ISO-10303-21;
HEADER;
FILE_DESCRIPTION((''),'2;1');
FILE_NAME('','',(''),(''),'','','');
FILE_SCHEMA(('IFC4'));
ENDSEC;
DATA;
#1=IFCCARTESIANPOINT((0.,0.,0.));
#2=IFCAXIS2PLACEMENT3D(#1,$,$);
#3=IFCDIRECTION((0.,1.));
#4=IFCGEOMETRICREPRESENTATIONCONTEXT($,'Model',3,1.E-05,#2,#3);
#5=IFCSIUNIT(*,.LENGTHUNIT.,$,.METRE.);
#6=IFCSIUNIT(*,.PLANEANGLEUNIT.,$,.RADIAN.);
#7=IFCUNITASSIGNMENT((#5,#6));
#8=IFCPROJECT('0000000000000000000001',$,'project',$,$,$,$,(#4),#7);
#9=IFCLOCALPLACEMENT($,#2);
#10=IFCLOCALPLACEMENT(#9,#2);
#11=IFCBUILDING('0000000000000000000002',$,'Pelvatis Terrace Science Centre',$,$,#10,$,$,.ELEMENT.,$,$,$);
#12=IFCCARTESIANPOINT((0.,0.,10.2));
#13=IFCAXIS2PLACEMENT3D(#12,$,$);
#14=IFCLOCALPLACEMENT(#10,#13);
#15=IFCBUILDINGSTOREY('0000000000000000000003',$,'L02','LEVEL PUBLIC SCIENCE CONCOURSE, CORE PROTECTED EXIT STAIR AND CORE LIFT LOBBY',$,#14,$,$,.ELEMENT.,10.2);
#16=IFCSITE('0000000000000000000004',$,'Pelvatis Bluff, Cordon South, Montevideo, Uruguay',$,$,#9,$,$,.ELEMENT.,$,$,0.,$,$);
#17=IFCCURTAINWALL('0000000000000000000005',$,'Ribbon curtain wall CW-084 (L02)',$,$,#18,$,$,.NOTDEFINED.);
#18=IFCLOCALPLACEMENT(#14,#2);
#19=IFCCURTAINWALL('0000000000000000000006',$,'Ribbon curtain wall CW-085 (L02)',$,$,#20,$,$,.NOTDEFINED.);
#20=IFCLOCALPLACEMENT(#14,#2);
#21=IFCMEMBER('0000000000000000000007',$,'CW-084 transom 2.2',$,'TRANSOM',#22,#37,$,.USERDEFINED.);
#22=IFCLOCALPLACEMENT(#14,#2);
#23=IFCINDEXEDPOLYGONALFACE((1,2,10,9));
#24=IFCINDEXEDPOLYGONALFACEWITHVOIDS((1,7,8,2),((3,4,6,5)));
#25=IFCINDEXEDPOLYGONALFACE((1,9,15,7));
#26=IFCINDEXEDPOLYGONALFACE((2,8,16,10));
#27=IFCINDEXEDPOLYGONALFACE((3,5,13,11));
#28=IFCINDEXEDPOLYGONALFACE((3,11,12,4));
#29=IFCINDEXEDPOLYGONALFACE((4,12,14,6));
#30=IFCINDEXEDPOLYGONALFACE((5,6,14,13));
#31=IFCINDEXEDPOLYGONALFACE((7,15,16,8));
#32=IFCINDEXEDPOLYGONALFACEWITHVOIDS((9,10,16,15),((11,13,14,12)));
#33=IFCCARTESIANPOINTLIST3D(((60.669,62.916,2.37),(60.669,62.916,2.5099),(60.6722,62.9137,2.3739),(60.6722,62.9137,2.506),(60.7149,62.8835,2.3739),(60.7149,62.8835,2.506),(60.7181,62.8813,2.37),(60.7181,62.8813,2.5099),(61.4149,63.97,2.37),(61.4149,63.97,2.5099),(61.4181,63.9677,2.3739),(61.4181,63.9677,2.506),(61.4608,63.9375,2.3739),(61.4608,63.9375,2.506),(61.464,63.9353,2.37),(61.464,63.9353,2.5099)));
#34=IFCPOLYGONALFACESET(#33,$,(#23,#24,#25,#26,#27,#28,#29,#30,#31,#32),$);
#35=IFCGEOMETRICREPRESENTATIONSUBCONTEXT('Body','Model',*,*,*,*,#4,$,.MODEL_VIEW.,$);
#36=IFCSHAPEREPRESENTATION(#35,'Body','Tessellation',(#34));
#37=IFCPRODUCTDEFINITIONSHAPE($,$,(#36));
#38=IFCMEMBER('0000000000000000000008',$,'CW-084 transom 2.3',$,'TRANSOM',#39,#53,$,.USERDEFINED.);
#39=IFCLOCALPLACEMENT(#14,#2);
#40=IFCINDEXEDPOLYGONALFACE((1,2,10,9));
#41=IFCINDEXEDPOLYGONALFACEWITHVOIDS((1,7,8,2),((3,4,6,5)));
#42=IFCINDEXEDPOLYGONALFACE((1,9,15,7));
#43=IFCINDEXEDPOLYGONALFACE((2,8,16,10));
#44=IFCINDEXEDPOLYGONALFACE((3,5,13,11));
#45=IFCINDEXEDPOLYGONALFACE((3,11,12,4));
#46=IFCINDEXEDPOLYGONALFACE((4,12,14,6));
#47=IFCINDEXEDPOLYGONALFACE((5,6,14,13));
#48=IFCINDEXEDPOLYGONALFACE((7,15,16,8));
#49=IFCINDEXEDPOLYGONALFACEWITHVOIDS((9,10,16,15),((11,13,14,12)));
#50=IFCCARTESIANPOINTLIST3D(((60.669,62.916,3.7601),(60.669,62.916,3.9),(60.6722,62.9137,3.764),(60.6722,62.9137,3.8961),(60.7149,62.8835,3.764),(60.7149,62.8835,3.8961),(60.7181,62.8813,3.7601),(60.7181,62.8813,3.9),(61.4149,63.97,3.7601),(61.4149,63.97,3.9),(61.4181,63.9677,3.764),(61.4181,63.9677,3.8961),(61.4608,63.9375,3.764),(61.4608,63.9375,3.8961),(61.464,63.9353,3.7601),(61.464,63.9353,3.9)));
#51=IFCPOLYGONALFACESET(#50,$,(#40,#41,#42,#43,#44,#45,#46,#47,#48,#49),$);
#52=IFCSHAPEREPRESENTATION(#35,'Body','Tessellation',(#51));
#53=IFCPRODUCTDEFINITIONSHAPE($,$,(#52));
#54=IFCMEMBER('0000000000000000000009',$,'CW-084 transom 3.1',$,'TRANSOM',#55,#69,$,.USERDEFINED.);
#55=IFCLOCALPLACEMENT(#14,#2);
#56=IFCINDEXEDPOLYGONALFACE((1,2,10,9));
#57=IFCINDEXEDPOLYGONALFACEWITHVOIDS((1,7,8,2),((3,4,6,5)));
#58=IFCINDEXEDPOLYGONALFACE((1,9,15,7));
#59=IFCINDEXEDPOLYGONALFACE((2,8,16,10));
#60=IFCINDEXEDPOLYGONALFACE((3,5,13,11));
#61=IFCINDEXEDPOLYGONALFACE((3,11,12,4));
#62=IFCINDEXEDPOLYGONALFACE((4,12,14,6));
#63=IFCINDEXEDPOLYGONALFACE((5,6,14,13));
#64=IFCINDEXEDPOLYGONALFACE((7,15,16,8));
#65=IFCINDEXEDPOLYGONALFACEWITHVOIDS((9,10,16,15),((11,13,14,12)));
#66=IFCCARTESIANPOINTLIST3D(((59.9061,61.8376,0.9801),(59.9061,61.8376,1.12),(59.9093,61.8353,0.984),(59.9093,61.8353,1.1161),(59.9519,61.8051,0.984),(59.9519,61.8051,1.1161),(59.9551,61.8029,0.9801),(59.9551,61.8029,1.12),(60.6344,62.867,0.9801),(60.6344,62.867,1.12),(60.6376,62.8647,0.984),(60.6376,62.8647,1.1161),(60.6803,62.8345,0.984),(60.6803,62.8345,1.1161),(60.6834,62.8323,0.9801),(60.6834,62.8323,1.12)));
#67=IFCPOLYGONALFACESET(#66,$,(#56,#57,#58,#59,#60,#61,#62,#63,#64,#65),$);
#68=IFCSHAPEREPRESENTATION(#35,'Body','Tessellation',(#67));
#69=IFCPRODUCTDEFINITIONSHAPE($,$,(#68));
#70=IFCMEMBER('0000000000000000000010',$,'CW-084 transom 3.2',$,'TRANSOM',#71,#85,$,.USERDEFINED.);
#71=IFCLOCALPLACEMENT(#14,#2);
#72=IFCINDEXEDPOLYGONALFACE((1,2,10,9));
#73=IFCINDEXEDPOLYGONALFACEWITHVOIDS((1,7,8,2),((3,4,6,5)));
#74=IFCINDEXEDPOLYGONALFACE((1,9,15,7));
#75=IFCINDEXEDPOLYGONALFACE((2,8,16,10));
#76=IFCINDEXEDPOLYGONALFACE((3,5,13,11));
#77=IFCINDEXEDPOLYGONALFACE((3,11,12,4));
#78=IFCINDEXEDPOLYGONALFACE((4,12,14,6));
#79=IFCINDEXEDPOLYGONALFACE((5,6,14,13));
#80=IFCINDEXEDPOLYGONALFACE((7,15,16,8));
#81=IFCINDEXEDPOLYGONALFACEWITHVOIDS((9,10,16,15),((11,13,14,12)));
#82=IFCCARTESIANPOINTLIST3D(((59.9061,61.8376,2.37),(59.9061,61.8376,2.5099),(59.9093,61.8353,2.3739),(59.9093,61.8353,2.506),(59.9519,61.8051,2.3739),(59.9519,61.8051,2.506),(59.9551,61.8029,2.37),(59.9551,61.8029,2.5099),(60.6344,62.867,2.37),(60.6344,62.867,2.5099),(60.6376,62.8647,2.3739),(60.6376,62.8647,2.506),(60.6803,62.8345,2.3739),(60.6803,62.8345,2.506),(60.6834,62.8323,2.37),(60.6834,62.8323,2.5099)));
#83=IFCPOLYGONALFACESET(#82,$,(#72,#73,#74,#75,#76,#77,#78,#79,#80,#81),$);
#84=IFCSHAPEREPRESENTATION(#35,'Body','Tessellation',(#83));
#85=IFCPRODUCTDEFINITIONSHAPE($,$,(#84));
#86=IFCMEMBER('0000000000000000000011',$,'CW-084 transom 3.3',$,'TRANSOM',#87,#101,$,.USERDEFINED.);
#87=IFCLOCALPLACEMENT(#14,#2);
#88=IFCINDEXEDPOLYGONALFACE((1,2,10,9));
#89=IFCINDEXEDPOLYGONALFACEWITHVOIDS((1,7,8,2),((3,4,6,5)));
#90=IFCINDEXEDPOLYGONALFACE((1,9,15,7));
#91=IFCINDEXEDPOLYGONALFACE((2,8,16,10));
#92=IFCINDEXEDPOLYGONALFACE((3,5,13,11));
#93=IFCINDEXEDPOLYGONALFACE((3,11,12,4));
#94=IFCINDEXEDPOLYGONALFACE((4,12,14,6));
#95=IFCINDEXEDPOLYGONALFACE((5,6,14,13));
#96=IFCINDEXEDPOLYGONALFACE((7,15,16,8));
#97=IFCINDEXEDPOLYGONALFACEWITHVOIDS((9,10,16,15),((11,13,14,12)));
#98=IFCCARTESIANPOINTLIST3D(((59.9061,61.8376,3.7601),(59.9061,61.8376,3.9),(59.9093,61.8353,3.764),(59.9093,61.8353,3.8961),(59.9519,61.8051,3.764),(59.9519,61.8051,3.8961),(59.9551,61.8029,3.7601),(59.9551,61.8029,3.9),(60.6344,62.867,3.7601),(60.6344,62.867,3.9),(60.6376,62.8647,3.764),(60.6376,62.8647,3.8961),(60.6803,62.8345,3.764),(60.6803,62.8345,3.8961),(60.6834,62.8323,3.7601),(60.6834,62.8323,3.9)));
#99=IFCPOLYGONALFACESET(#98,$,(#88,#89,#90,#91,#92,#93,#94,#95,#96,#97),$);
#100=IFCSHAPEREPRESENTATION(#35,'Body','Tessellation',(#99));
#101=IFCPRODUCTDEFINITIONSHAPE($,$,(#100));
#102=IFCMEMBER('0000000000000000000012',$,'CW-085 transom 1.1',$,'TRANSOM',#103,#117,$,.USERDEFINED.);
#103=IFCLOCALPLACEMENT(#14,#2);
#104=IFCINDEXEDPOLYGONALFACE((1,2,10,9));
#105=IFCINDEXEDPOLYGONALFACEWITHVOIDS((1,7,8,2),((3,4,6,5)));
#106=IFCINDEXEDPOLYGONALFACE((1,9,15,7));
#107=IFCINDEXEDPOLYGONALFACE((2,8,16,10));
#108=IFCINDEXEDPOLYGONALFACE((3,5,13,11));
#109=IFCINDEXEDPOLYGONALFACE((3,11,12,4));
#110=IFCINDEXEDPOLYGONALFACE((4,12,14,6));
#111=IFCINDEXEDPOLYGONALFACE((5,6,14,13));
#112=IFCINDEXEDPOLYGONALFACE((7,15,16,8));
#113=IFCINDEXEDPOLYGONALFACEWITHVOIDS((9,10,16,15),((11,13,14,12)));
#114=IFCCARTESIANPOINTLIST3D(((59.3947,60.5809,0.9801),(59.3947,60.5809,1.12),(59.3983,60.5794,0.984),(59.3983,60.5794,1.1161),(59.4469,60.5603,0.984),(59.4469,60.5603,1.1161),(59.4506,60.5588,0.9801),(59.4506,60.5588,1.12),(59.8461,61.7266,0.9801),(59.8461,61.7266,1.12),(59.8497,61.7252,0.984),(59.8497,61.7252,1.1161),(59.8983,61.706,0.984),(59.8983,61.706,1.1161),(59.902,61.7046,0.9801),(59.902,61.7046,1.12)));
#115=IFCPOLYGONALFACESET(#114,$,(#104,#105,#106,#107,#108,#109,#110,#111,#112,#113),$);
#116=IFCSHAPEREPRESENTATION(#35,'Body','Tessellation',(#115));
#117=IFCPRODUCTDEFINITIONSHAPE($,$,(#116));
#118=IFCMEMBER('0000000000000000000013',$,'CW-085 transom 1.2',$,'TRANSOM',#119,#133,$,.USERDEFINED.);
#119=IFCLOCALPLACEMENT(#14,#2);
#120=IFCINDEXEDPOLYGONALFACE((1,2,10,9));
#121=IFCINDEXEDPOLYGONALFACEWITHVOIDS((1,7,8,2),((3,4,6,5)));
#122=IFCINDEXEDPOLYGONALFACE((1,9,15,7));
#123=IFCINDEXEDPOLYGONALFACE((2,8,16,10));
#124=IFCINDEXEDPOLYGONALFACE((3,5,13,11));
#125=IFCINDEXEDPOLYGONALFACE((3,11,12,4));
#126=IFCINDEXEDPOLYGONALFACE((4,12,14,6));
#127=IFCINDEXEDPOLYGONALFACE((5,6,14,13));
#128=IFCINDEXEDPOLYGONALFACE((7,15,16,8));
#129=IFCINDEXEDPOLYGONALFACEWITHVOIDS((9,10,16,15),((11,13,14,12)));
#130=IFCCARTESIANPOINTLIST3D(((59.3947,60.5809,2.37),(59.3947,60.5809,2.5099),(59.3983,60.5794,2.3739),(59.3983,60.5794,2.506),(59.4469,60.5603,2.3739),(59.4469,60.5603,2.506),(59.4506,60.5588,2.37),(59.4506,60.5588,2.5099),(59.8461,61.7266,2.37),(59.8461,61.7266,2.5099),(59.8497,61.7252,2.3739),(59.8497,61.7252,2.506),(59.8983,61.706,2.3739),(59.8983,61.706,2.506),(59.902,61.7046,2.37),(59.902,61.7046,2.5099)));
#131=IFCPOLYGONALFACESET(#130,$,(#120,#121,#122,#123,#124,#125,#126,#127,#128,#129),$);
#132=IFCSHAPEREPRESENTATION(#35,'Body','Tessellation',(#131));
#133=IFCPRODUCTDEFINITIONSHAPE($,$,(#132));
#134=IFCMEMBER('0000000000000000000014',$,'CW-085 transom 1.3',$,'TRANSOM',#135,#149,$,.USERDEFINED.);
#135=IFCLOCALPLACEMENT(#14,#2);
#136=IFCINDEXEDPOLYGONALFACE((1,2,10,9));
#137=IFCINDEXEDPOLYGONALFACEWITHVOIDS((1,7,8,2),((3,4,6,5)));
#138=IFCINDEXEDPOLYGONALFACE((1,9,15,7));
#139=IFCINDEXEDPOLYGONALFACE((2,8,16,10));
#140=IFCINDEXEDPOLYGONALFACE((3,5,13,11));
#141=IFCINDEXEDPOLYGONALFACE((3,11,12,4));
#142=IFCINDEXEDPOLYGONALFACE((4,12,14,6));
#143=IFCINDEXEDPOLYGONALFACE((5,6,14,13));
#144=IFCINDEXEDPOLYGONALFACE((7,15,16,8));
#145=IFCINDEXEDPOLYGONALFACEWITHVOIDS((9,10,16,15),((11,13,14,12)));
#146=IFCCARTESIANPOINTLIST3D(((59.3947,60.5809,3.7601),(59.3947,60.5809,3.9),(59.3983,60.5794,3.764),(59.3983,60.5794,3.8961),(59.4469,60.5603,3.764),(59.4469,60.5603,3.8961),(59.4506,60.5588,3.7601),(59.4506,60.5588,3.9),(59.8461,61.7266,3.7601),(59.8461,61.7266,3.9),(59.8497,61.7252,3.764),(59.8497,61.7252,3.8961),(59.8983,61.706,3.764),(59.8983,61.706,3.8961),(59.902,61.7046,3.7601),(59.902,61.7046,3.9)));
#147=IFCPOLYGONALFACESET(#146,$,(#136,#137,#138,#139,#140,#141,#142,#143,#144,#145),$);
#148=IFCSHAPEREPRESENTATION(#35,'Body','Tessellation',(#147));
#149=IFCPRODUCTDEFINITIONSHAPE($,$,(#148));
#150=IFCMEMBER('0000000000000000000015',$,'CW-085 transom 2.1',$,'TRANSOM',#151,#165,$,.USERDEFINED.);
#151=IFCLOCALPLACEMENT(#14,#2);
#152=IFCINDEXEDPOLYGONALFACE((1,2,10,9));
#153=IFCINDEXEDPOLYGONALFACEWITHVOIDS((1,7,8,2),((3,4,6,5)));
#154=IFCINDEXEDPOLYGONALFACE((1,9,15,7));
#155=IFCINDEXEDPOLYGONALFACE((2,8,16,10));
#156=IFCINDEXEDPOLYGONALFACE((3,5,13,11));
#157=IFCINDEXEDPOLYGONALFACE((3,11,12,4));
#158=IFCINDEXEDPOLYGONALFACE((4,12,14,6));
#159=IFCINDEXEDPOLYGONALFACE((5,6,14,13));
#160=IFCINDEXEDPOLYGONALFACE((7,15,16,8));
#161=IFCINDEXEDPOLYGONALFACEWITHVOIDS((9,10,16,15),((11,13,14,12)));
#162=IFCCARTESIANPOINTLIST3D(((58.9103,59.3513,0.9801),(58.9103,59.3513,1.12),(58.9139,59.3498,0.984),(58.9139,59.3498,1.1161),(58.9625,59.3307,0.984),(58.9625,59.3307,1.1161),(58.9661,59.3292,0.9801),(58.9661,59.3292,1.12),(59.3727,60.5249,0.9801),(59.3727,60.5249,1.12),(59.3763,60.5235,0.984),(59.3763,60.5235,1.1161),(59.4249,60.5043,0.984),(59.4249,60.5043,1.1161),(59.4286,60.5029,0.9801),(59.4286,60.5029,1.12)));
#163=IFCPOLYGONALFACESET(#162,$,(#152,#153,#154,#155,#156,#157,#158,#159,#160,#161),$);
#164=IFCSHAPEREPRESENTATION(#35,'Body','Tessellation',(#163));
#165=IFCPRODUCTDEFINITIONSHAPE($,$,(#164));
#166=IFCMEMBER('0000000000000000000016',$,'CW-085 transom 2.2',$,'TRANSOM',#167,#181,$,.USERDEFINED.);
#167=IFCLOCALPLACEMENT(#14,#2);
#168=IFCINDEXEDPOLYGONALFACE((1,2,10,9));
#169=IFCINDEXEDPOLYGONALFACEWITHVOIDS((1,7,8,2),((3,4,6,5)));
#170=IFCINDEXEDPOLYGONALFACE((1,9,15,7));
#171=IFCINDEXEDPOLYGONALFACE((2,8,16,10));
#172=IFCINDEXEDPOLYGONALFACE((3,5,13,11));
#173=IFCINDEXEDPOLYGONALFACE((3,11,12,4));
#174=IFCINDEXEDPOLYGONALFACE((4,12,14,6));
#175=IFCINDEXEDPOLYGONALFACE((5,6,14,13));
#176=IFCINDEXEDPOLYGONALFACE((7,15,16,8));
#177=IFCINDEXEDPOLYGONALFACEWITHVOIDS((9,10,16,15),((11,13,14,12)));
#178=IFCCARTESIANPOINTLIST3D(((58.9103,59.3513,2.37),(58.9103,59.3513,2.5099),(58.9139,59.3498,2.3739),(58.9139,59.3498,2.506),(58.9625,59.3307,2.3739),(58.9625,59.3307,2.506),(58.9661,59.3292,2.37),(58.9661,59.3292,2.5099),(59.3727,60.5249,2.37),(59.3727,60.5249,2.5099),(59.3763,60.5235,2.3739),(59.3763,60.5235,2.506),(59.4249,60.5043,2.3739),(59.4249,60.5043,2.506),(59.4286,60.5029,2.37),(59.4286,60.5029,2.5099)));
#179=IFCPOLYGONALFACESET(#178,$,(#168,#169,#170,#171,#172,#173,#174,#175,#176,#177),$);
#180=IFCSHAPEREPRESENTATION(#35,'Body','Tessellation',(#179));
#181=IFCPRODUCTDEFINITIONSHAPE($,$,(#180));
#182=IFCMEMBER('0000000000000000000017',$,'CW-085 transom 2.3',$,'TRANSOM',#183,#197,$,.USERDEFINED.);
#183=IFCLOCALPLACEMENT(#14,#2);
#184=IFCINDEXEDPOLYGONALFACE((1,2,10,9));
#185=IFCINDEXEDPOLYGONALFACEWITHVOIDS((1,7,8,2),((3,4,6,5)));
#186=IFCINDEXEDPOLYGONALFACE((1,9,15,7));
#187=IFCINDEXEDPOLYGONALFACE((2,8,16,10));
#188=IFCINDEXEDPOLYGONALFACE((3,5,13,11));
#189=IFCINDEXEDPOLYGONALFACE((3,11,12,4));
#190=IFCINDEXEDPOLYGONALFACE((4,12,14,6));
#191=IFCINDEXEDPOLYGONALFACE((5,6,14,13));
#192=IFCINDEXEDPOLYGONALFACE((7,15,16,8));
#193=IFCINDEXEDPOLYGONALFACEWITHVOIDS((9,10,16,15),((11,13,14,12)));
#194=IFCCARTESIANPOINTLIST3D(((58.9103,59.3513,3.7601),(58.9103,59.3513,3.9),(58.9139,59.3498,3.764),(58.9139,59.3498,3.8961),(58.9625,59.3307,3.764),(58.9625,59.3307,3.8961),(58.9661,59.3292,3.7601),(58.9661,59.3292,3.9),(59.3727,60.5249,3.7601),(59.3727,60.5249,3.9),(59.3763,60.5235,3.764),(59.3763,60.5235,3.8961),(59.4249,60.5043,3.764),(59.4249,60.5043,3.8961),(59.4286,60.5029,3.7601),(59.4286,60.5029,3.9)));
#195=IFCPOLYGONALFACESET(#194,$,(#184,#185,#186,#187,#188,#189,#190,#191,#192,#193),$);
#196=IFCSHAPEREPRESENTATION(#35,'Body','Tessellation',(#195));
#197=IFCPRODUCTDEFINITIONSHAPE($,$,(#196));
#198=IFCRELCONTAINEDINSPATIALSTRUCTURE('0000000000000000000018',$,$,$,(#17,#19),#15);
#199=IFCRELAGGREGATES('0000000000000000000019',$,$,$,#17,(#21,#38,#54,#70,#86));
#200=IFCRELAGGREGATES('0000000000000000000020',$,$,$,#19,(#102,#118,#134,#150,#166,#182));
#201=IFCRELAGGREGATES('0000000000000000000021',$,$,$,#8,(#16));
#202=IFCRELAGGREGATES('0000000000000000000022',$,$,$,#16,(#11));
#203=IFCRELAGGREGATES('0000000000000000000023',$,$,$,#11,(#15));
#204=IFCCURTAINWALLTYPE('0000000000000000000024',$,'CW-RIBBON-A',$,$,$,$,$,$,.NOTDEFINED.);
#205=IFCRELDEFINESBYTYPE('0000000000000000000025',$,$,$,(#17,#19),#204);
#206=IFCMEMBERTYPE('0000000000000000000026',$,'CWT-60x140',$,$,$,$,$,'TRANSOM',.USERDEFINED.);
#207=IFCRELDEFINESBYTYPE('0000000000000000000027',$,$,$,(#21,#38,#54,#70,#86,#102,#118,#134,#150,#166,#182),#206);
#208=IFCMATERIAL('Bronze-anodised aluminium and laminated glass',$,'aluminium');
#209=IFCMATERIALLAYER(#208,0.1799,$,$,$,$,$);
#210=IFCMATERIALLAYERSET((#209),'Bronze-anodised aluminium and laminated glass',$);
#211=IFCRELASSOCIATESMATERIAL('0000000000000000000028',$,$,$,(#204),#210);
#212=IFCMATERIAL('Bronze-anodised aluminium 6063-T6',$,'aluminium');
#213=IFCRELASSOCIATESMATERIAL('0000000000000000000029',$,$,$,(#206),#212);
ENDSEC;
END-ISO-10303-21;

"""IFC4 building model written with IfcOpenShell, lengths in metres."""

from ifc_helpers import new_model, si_unit, direction, frame, origin, origin_2d, place, context, subcontext, project, spatial, hollow_rectangle, extrude, material, layer, layer_set, material_profile, profile_set, type_object, element, aggregate, save


model = new_model("IFC4")

# Units and contexts
model_context = context("Model", 3, precision=1e-05, world=origin(), true_north=direction((0.0, 1.0)))
body_context = subcontext(model_context, "Body", "Model", "MODEL_VIEW")
ifc_project = project(units=[si_unit("LENGTHUNIT", "METRE"), si_unit("PLANEANGLEUNIT", "RADIAN")], contexts=[model_context])

# Site, building, storey
site_placement = place(None, origin())
site = spatial("IfcSite", under=ifc_project, at=site_placement, Name="Pelvatis Bluff, Cordon South, Montevideo, Uruguay", CompositionType="ELEMENT", RefElevation=0.0)
building_placement = place(site_placement, origin())
building = spatial("IfcBuilding", under=site, at=building_placement, Name="Pelvatis Terrace Science Centre", CompositionType="ELEMENT")
storey_placement = place(building_placement, frame((0.0, 0.0, 10.2)))
storey = spatial("IfcBuildingStorey", under=building, at=storey_placement, Name="L02", Description="LEVEL PUBLIC SCIENCE CONCOURSE, CORE PROTECTED EXIT STAIR AND CORE LIFT LOBBY", CompositionType="ELEMENT", Elevation=10.2)

# Curtain walls
ifc_material_1 = material(Name="Bronze-anodised aluminium and laminated glass", Category="aluminium")
ifc_layer_1 = layer(ifc_material_1, 0.1799)
ifc_layer_set_1 = layer_set([ifc_layer_1], Name="Bronze-anodised aluminium and laminated glass")
curtain_wall_type = type_object("IfcCurtainWallType", Name="CW-RIBBON-A", PredefinedType="NOTDEFINED", material=ifc_layer_set_1)
curtain_wall_1_placement = place(storey_placement, origin())
curtain_wall_1 = element("IfcCurtainWall", 1, at=curtain_wall_1_placement, inside=storey, type_object=curtain_wall_type, Name="Ribbon curtain wall CW-084 (L02)", PredefinedType="NOTDEFINED")
curtain_wall_2_placement = place(storey_placement, origin())
curtain_wall_2 = element("IfcCurtainWall", 2, at=curtain_wall_2_placement, inside=storey, type_object=curtain_wall_type, Name="Ribbon curtain wall CW-085 (L02)", PredefinedType="NOTDEFINED")

# Members
ifc_material_2 = material(Name="Bronze-anodised aluminium 6063-T6", Category="aluminium")
ifc_material_profile_1 = material_profile(ifc_material_2, hollow_rectangle(XDim=0.0601, YDim=0.1399, WallThickness=0.0039, at=origin_2d()), Name="ALU-TRN 60x140")
ifc_profile_set_1 = profile_set([ifc_material_profile_1], Name="Bronze-anodised aluminium 6063-T6")
member_type_1 = type_object("IfcMemberType", Name="CWT-60x140", ElementType="TRANSOM", PredefinedType="USERDEFINED", material=ifc_profile_set_1)
member_1_placement = place(storey_placement, frame((61.4395, 63.9526, 2.4399), z_axis=(-0.577655, -0.816281, 0.0), x_axis=(0.816281, -0.577655, 0.0)))
member_1 = element("IfcMember", 3, at=member_1_placement, type_object=member_type_1, Name="CW-084 transom 2.2", ObjectType="TRANSOM", PredefinedType="USERDEFINED", context=body_context, shape_type="SweptSolid", body=[
    extrude(hollow_rectangle(XDim=0.0601, YDim=0.1399, WallThickness=0.0039, at=origin_2d()), origin(), (0.0, 0.0, 1.0), 1.2913),
])
member_2_placement = place(storey_placement, frame((61.4395, 63.9526, 3.8301), z_axis=(-0.577655, -0.816281, 0.0), x_axis=(0.816281, -0.577655, 0.0)))
member_2 = element("IfcMember", 4, at=member_2_placement, type_object=member_type_1, Name="CW-084 transom 2.3", ObjectType="TRANSOM", PredefinedType="USERDEFINED", context=body_context, shape_type="SweptSolid", body=[
    extrude(hollow_rectangle(XDim=0.0601, YDim=0.1399, WallThickness=0.0039, at=origin_2d()), origin(), (0.0, 0.0, 1.0), 1.2913),
])
member_3_placement = place(storey_placement, frame((60.6589, 62.8496, 1.05), z_axis=(-0.577587, -0.816329, 0.0), x_axis=(0.816329, -0.577587, 0.0)))
member_3 = element("IfcMember", 5, at=member_3_placement, type_object=member_type_1, Name="CW-084 transom 3.1", ObjectType="TRANSOM", PredefinedType="USERDEFINED", context=body_context, shape_type="SweptSolid", body=[
    extrude(hollow_rectangle(XDim=0.0601, YDim=0.1399, WallThickness=0.0039, at=origin_2d()), origin(), (0.0, 0.0, 1.0), 1.261),
])
member_4_placement = place(storey_placement, frame((60.6589, 62.8496, 2.4399), z_axis=(-0.577587, -0.816329, 0.0), x_axis=(0.816329, -0.577587, 0.0)))
member_4 = element("IfcMember", 6, at=member_4_placement, type_object=member_type_1, Name="CW-084 transom 3.2", ObjectType="TRANSOM", PredefinedType="USERDEFINED", context=body_context, shape_type="SweptSolid", body=[
    extrude(hollow_rectangle(XDim=0.0601, YDim=0.1399, WallThickness=0.0039, at=origin_2d()), origin(), (0.0, 0.0, 1.0), 1.261),
])
member_5_placement = place(storey_placement, frame((60.6589, 62.8496, 3.8301), z_axis=(-0.577587, -0.816329, 0.0), x_axis=(0.816329, -0.577587, 0.0)))
member_5 = element("IfcMember", 7, at=member_5_placement, type_object=member_type_1, Name="CW-084 transom 3.3", ObjectType="TRANSOM", PredefinedType="USERDEFINED", context=body_context, shape_type="SweptSolid", body=[
    extrude(hollow_rectangle(XDim=0.0601, YDim=0.1399, WallThickness=0.0039, at=origin_2d()), origin(), (0.0, 0.0, 1.0), 1.261),
])
member_6_placement = place(storey_placement, frame((59.874, 61.7156, 1.05), z_axis=(-0.366566, -0.930392, 0.0), x_axis=(0.930392, -0.366566, 0.0)))
member_6 = element("IfcMember", 8, at=member_6_placement, type_object=member_type_1, Name="CW-085 transom 1.1", ObjectType="TRANSOM", PredefinedType="USERDEFINED", context=body_context, shape_type="SweptSolid", body=[
    extrude(hollow_rectangle(XDim=0.0601, YDim=0.1399, WallThickness=0.0039, at=origin_2d()), origin(), (0.0, 0.0, 1.0), 1.2314),
])
member_7_placement = place(storey_placement, frame((59.874, 61.7156, 2.4399), z_axis=(-0.366566, -0.930392, 0.0), x_axis=(0.930392, -0.366566, 0.0)))
member_7 = element("IfcMember", 9, at=member_7_placement, type_object=member_type_1, Name="CW-085 transom 1.2", ObjectType="TRANSOM", PredefinedType="USERDEFINED", context=body_context, shape_type="SweptSolid", body=[
    extrude(hollow_rectangle(XDim=0.0601, YDim=0.1399, WallThickness=0.0039, at=origin_2d()), origin(), (0.0, 0.0, 1.0), 1.2314),
])
member_8_placement = place(storey_placement, frame((59.874, 61.7156, 3.8301), z_axis=(-0.366566, -0.930392, 0.0), x_axis=(0.930392, -0.366566, 0.0)))
member_8 = element("IfcMember", 10, at=member_8_placement, type_object=member_type_1, Name="CW-085 transom 1.3", ObjectType="TRANSOM", PredefinedType="USERDEFINED", context=body_context, shape_type="SweptSolid", body=[
    extrude(hollow_rectangle(XDim=0.0601, YDim=0.1399, WallThickness=0.0039, at=origin_2d()), origin(), (0.0, 0.0, 1.0), 1.2314),
])
member_9_placement = place(storey_placement, frame((59.4006, 60.5139, 1.05), z_axis=(-0.36658, -0.930386, 0.0), x_axis=(0.930386, -0.36658, 0.0)))
member_9 = element("IfcMember", 11, at=member_9_placement, type_object=member_type_1, Name="CW-085 transom 2.1", ObjectType="TRANSOM", PredefinedType="USERDEFINED", context=body_context, shape_type="SweptSolid", body=[
    extrude(hollow_rectangle(XDim=0.0601, YDim=0.1399, WallThickness=0.0039, at=origin_2d()), origin(), (0.0, 0.0, 1.0), 1.2615),
])
member_10_placement = place(storey_placement, frame((59.4006, 60.5139, 2.4399), z_axis=(-0.36658, -0.930386, 0.0), x_axis=(0.930386, -0.36658, 0.0)))
member_10 = element("IfcMember", 12, at=member_10_placement, type_object=member_type_1, Name="CW-085 transom 2.2", ObjectType="TRANSOM", PredefinedType="USERDEFINED", context=body_context, shape_type="SweptSolid", body=[
    extrude(hollow_rectangle(XDim=0.0601, YDim=0.1399, WallThickness=0.0039, at=origin_2d()), origin(), (0.0, 0.0, 1.0), 1.2615),
])
member_11_placement = place(storey_placement, frame((59.4006, 60.5139, 3.8301), z_axis=(-0.36658, -0.930386, 0.0), x_axis=(0.930386, -0.36658, 0.0)))
member_11 = element("IfcMember", 13, at=member_11_placement, type_object=member_type_1, Name="CW-085 transom 2.3", ObjectType="TRANSOM", PredefinedType="USERDEFINED", context=body_context, shape_type="SweptSolid", body=[
    extrude(hollow_rectangle(XDim=0.0601, YDim=0.1399, WallThickness=0.0039, at=origin_2d()), origin(), (0.0, 0.0, 1.0), 1.2615),
])

aggregate(curtain_wall_1, [member_1, member_2, member_3, member_4, member_5])
aggregate(curtain_wall_2, [member_6, member_7, member_8, member_9, member_10, member_11])

save(model, "model.ifc")
